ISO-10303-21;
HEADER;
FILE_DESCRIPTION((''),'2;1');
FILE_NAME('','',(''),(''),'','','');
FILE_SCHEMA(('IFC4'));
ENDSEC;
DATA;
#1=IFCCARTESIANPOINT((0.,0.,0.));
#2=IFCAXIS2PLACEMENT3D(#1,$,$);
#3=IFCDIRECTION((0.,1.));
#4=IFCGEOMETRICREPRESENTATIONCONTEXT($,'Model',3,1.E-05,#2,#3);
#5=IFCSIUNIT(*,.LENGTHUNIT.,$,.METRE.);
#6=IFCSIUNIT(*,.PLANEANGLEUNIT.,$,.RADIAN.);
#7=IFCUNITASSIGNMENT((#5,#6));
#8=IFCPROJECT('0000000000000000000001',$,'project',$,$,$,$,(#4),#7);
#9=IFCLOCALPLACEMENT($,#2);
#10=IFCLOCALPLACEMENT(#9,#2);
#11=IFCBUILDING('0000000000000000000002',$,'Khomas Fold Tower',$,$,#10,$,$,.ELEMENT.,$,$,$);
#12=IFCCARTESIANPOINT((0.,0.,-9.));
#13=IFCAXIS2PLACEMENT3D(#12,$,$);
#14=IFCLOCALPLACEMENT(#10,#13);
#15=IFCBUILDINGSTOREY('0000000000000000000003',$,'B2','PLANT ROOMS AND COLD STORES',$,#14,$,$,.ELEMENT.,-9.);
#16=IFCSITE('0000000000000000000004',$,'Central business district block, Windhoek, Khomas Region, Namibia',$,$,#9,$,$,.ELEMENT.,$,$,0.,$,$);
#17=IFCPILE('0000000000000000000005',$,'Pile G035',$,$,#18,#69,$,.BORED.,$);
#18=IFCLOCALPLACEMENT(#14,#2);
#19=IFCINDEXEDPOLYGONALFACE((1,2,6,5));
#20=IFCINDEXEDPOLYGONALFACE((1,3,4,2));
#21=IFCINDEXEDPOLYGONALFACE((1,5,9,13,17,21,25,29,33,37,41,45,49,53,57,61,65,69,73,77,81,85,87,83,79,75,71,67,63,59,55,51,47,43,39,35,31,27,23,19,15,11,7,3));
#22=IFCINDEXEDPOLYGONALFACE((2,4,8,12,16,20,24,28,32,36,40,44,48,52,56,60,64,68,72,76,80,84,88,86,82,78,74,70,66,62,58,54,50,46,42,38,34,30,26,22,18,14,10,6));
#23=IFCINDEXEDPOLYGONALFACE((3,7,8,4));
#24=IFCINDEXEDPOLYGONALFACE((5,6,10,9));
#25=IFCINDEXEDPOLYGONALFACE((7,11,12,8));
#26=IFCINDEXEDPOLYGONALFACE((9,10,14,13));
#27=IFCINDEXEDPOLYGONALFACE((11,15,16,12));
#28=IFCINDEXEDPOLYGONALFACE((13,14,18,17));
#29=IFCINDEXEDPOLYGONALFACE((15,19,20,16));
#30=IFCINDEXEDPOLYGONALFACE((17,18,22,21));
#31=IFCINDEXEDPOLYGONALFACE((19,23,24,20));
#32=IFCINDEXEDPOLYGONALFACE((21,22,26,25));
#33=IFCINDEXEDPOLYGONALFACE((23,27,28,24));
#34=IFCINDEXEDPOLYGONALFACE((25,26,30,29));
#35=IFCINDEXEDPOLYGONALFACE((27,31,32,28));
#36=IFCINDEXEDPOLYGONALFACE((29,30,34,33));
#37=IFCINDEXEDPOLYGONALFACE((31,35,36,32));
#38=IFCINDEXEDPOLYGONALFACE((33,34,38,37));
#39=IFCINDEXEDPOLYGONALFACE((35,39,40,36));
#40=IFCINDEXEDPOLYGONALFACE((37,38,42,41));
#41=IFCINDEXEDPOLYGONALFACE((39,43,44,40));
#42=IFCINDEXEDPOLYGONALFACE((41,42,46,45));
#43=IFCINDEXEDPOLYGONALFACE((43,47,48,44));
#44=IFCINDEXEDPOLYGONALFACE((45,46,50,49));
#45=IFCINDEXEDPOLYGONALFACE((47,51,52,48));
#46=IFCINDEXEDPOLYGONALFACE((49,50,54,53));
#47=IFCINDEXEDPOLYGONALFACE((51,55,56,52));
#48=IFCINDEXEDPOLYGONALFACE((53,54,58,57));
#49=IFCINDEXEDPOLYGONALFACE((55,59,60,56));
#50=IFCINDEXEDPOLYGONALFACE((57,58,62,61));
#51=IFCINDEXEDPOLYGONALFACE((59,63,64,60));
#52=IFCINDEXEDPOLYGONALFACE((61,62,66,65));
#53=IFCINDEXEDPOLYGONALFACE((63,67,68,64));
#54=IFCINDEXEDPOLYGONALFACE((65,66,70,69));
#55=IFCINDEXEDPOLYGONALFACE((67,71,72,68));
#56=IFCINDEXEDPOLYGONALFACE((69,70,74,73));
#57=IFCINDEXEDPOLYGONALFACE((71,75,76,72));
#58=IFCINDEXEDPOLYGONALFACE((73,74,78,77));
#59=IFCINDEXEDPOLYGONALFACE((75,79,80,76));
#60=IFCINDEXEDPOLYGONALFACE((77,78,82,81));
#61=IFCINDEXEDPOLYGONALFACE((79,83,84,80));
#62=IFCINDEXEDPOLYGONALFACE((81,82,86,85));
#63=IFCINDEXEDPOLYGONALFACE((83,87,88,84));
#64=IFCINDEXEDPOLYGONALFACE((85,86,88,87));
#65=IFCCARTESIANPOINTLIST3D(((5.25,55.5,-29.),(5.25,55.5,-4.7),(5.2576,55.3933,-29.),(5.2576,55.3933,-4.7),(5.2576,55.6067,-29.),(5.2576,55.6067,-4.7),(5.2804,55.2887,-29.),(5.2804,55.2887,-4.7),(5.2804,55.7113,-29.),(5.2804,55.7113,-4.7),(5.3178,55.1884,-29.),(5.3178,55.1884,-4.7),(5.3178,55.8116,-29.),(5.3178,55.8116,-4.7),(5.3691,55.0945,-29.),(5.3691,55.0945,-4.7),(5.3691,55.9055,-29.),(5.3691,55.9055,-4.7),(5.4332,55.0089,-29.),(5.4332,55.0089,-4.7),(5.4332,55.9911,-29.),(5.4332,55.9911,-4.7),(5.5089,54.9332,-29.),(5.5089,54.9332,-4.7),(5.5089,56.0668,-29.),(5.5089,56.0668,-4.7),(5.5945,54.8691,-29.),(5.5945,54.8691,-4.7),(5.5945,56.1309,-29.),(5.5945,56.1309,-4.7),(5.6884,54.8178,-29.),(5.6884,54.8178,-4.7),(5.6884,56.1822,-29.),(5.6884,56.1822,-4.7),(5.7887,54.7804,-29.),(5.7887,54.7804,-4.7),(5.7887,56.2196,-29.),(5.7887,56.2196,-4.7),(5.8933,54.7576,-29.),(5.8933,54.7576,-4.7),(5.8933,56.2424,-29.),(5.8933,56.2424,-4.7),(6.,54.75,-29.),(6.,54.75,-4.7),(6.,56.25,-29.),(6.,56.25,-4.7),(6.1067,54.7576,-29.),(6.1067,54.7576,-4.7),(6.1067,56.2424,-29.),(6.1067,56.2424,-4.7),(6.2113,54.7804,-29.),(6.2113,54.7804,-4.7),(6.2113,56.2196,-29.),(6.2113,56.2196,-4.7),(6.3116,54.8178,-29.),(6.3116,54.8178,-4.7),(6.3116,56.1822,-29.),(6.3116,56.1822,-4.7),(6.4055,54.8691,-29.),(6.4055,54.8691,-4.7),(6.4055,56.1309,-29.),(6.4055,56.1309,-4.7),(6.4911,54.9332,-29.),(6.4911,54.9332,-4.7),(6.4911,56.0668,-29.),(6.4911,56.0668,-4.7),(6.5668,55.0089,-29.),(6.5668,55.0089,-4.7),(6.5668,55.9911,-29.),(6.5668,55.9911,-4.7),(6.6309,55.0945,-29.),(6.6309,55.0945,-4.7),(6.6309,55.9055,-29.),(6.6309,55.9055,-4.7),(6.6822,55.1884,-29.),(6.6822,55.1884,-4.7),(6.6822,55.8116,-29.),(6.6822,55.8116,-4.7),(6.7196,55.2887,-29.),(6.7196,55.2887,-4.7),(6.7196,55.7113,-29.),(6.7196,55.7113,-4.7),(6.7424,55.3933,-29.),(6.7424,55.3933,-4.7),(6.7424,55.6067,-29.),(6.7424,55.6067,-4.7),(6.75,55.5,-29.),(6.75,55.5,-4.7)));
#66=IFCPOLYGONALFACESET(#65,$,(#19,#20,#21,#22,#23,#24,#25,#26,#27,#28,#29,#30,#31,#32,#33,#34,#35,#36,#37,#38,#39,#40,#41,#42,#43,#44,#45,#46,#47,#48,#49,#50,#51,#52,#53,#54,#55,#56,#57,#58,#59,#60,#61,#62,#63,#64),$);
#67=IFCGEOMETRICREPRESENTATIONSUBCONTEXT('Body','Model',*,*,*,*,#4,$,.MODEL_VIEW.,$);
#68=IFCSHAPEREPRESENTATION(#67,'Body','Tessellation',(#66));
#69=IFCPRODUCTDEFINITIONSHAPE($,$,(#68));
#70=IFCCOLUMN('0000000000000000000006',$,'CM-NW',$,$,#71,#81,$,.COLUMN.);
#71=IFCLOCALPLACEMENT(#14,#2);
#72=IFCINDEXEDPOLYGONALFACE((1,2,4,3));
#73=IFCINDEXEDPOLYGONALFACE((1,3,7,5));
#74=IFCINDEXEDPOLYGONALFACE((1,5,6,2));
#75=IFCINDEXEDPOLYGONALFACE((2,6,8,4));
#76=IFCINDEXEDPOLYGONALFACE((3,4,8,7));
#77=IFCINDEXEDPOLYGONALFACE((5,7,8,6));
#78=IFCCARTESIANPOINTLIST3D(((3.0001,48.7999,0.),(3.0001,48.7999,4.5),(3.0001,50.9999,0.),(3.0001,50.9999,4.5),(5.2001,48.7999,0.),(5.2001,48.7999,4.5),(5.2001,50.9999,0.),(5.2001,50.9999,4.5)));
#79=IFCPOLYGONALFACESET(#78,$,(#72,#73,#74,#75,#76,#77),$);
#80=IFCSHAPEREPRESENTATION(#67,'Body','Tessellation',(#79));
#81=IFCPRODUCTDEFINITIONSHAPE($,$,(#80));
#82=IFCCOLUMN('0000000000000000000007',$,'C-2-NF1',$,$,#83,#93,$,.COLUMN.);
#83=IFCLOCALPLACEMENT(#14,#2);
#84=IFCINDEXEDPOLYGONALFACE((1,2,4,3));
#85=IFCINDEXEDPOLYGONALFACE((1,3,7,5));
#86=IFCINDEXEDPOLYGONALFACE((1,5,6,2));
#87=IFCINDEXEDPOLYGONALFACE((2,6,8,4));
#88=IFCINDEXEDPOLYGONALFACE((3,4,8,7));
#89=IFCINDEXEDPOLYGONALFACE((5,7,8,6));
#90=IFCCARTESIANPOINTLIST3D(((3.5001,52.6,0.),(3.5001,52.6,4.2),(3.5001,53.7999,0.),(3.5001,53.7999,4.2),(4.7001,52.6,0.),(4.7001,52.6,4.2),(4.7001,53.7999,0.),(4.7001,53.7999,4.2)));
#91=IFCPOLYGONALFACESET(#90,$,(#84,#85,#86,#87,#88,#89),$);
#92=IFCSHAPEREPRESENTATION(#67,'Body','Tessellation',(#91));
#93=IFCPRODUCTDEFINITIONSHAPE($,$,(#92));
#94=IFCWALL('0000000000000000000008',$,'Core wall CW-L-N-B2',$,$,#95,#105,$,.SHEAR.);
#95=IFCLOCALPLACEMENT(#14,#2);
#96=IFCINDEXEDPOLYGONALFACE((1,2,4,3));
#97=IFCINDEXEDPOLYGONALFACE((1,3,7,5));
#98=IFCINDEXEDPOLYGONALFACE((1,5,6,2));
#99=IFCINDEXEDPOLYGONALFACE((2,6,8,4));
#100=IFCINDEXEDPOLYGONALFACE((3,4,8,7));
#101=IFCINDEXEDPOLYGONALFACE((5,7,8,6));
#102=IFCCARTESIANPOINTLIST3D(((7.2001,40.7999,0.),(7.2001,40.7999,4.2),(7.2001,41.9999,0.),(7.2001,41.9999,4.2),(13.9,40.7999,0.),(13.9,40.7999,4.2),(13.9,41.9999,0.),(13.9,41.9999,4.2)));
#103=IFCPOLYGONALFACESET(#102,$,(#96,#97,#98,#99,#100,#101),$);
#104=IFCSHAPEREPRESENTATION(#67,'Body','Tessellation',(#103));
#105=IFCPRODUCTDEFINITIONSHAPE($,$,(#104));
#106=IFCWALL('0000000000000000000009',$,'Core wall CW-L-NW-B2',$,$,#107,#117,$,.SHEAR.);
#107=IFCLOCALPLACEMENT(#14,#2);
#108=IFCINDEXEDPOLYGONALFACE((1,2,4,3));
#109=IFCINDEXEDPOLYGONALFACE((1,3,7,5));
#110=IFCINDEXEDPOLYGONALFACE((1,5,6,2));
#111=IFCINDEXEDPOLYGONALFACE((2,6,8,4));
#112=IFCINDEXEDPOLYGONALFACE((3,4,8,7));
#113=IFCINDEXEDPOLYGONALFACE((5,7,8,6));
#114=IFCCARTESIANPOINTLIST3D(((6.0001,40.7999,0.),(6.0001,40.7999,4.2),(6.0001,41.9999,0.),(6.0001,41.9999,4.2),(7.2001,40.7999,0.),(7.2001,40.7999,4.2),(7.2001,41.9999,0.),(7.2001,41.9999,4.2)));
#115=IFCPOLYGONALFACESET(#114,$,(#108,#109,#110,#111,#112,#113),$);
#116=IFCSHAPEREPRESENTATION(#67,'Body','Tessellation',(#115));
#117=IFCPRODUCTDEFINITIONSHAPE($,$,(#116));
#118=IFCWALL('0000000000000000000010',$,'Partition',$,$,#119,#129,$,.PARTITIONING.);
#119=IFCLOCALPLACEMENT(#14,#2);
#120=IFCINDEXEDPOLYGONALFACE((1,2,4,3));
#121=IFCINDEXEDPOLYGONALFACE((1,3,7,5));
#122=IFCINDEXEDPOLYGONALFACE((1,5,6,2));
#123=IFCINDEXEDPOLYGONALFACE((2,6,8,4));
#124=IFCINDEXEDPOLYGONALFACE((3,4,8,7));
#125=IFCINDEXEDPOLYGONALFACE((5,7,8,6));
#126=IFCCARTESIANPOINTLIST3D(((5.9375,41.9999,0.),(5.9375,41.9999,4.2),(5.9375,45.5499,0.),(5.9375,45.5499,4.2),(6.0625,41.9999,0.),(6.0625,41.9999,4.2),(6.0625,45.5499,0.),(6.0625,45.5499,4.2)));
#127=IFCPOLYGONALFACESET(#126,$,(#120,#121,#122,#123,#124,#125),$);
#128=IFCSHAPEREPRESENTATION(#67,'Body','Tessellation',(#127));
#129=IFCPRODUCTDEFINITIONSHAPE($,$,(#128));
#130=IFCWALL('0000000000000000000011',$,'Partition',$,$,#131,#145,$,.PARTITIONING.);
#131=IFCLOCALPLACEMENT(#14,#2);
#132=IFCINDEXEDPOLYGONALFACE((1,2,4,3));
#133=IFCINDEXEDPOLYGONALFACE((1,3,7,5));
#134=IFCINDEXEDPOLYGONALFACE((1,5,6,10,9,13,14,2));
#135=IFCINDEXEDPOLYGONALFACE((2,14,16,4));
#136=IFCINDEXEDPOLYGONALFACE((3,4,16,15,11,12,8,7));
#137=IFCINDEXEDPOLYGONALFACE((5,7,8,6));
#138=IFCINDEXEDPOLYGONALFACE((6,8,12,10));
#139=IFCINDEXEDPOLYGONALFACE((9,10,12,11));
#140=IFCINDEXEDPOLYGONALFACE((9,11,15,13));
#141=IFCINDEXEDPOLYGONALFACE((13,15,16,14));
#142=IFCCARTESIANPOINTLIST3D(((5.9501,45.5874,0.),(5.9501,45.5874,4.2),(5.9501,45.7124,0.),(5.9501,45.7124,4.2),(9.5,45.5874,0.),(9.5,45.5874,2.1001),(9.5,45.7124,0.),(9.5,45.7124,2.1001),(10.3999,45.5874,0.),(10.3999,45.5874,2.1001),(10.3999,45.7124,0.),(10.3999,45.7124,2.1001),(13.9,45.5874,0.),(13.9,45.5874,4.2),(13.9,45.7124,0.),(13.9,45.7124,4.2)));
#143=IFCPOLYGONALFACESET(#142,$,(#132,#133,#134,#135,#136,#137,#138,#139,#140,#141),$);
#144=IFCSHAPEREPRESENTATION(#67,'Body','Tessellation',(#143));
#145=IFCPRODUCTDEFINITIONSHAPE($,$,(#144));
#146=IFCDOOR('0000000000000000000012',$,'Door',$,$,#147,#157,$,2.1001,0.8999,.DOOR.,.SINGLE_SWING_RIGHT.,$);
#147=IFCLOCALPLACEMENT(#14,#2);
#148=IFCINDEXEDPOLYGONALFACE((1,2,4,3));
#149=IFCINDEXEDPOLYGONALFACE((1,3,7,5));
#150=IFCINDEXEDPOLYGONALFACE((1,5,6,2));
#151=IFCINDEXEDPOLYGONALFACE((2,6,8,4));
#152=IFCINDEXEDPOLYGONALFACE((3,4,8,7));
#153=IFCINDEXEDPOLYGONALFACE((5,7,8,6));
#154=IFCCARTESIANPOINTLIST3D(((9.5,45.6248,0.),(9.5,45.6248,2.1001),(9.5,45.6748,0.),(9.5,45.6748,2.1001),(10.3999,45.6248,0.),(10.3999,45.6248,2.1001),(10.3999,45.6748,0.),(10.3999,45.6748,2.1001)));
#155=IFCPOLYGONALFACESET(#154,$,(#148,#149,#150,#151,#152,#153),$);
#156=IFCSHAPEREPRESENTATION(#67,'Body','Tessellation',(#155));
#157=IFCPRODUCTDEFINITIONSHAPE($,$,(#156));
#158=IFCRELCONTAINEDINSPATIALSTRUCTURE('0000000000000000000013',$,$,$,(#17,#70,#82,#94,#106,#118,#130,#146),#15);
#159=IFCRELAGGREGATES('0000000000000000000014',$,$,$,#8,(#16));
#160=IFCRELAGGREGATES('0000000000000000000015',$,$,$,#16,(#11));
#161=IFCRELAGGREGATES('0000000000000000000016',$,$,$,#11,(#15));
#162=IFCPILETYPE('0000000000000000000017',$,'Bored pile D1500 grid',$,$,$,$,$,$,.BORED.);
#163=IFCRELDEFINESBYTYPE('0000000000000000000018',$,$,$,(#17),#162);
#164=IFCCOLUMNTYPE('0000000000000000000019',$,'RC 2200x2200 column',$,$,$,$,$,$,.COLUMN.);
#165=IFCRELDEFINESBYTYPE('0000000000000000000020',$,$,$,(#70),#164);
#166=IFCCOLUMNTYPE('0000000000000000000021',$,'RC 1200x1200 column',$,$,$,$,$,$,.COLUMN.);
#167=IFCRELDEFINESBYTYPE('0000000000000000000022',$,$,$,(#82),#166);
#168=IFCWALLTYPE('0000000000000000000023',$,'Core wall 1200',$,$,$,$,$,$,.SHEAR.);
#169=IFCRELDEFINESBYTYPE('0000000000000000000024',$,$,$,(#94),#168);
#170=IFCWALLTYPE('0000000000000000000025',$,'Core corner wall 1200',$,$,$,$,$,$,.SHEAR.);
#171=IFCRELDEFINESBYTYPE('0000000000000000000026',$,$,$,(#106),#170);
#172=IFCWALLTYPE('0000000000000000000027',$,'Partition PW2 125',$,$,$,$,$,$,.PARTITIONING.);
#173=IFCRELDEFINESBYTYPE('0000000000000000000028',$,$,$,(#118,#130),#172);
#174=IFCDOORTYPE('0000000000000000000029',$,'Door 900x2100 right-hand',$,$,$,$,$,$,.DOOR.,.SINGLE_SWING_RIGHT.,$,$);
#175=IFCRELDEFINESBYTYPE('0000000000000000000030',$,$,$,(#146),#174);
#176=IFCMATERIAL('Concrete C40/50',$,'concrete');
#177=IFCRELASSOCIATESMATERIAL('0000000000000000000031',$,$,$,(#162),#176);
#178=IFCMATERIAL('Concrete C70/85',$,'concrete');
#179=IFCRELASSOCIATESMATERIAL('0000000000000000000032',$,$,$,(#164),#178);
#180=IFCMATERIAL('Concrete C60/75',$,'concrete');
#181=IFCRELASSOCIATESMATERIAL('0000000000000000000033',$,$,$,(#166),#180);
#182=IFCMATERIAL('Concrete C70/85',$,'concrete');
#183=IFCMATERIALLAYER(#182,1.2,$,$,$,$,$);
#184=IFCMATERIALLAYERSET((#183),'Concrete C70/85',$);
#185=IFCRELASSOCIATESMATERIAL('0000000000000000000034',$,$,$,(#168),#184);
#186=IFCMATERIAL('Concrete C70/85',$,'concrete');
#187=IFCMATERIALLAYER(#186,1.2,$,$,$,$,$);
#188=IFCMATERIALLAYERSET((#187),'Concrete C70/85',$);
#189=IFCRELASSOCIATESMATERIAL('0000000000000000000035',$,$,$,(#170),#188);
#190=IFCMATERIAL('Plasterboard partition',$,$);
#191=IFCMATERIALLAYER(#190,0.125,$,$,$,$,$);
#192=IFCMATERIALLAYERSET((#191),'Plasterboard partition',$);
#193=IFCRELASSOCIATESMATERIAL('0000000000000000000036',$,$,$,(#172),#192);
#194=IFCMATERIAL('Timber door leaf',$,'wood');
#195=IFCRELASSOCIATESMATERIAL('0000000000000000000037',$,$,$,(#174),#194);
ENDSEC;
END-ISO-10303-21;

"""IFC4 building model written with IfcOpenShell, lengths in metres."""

from ifc_helpers import new_model, si_unit, direction, frame, frame_2d, origin, origin_2d, place, context, subcontext, project, spatial, rectangle, circle, extrude, source, transform, mapped, material, layer, layer_set, material_profile, profile_set, type_object, element, fill, save


model = new_model("IFC4")

# Units and contexts
model_context = context("Model", 3, precision=1e-05, world=origin(), true_north=direction((0.0, 1.0)))
body_context = subcontext(model_context, "Body", "Model", "MODEL_VIEW")
ifc_project = project(units=[si_unit("LENGTHUNIT", "METRE"), si_unit("PLANEANGLEUNIT", "RADIAN")], contexts=[model_context])

# Site, building, storey
site_placement = place(None, origin())
site = spatial("IfcSite", under=ifc_project, at=site_placement, Name="Central business district block, Windhoek, Khomas Region, Namibia", CompositionType="ELEMENT", RefElevation=0.0)
building_placement = place(site_placement, origin())
building = spatial("IfcBuilding", under=site, at=building_placement, Name="Khomas Fold Tower", CompositionType="ELEMENT")
storey_placement = place(building_placement, frame((0.0, 0.0, -9.0)))
storey = spatial("IfcBuildingStorey", under=building, at=storey_placement, Name="B2", Description="PLANT ROOMS AND COLD STORES", CompositionType="ELEMENT", Elevation=-9.0)

# Pile
ifc_material_1 = material(Name="Concrete C40/50", Category="concrete")
ifc_material_profile_1 = material_profile(ifc_material_1, circle(Radius=0.75, at=origin_2d()), Name="PILE D1500")
ifc_profile_set_1 = profile_set([ifc_material_profile_1], Name="Concrete C40/50")
pile_type = type_object("IfcPileType", Name="Bored pile D1500 grid", PredefinedType="BORED", material=ifc_profile_set_1)
shared_shape_1 = source(origin(), body_context, "Body", "SweptSolid", [
    extrude(circle(Radius=0.75, at=origin_2d()), origin(), (0.0, 0.0, 1.0), 24.3),
])
for number, where, z_axis, x_axis, name in (
    (1, (6.0, 55.5, -4.7), (0.0, 0.0, -1.0), (1.0, 0.0, 0.0), "Pile G035"),
):
    element("IfcPile", number, at=place(storey_placement, frame(where, z_axis=z_axis, x_axis=x_axis)), inside=storey, type_object=pile_type, Name=name, PredefinedType="BORED", context=body_context, shape_type="MappedRepresentation", body=[
        mapped(shared_shape_1, transform((0.0, 0.0, 0.0))),
    ])

# Columns
ifc_material_2 = material(Name="Concrete C70/85", Category="concrete")
ifc_material_profile_2 = material_profile(ifc_material_2, rectangle(XDim=2.2, YDim=2.2, at=origin_2d()), Name="RC 2200x2200")
ifc_profile_set_2 = profile_set([ifc_material_profile_2], Name="Concrete C70/85")
column_type_1 = type_object("IfcColumnType", Name="RC 2200x2200 column", PredefinedType="COLUMN", material=ifc_profile_set_2)
shared_shape_2 = source(origin(), body_context, "Body", "SweptSolid", [
    extrude(rectangle(XDim=2.2, YDim=2.2, at=origin_2d()), origin(), (0.0, 0.0, 1.0), 4.5),
])
column_1_placement = place(storey_placement, frame((4.1001, 49.8999, 0.0), z_axis=(0.0, 0.0, 1.0), x_axis=(1.0, 0.0, 0.0)))
element("IfcColumn", 2, at=column_1_placement, inside=storey, type_object=column_type_1, Name="CM-NW", PredefinedType="COLUMN", context=body_context, shape_type="MappedRepresentation", body=[
    mapped(shared_shape_2, transform((0.0, 0.0, 0.0))),
])
ifc_material_3 = material(Name="Concrete C60/75", Category="concrete")
ifc_material_profile_3 = material_profile(ifc_material_3, rectangle(XDim=1.2, YDim=1.2, at=origin_2d()), Name="RC 1200x1200")
ifc_profile_set_3 = profile_set([ifc_material_profile_3], Name="Concrete C60/75")
column_type_2 = type_object("IfcColumnType", Name="RC 1200x1200 column", PredefinedType="COLUMN", material=ifc_profile_set_3)
shared_shape_3 = source(origin(), body_context, "Body", "SweptSolid", [
    extrude(rectangle(XDim=1.2, YDim=1.2, at=origin_2d()), origin(), (0.0, 0.0, 1.0), 4.2),
])
column_2_placement = place(storey_placement, frame((4.1001, 53.2, 0.0), z_axis=(0.0, 0.0, 1.0), x_axis=(1.0, 0.0, 0.0)))
element("IfcColumn", 3, at=column_2_placement, inside=storey, type_object=column_type_2, Name="C-2-NF1", PredefinedType="COLUMN", context=body_context, shape_type="MappedRepresentation", body=[
    mapped(shared_shape_3, transform((0.0, 0.0, 0.0))),
])

# Walls
ifc_material_4 = material(Name="Concrete C70/85", Category="concrete")
ifc_layer_1 = layer(ifc_material_4, 1.2)
ifc_layer_set_1 = layer_set([ifc_layer_1], Name="Concrete C70/85")
wall_type_1 = type_object("IfcWallType", Name="Core wall 1200", PredefinedType="SHEAR", material=ifc_layer_set_1)
shared_shape_4 = source(origin(), body_context, "Body", "SweptSolid", [
    extrude(rectangle(XDim=6.7, YDim=1.2, at=frame_2d((3.3501, 0.0))), origin(), (0.0, 0.0, 1.0), 4.2),
])
wall_1_placement = place(storey_placement, frame((7.2, 41.3999, 0.0), z_axis=(0.0, 0.0, 1.0), x_axis=(1.0, 0.0, 0.0)))
element("IfcWall", 4, at=wall_1_placement, inside=storey, type_object=wall_type_1, Name="Core wall CW-L-N-B2", PredefinedType="SHEAR", context=body_context, shape_type="MappedRepresentation", body=[
    mapped(shared_shape_4, transform((0.0, 0.0, 0.0))),
])
ifc_material_5 = material(Name="Concrete C70/85", Category="concrete")
ifc_layer_2 = layer(ifc_material_5, 1.2)
ifc_layer_set_2 = layer_set([ifc_layer_2], Name="Concrete C70/85")
wall_type_2 = type_object("IfcWallType", Name="Core corner wall 1200", PredefinedType="SHEAR", material=ifc_layer_set_2)
shared_shape_5 = source(origin(), body_context, "Body", "SweptSolid", [
    extrude(rectangle(XDim=1.2, YDim=1.2, at=frame_2d((0.6001, 0.0))), origin(), (0.0, 0.0, 1.0), 4.2),
])
wall_2_placement = place(storey_placement, frame((6.0, 41.3999, 0.0), z_axis=(0.0, 0.0, 1.0), x_axis=(1.0, 0.0, 0.0)))
element("IfcWall", 5, at=wall_2_placement, inside=storey, type_object=wall_type_2, Name="Core wall CW-L-NW-B2", PredefinedType="SHEAR", context=body_context, shape_type="MappedRepresentation", body=[
    mapped(shared_shape_5, transform((0.0, 0.0, 0.0))),
])
ifc_material_6 = material(Name="Plasterboard partition")
ifc_layer_3 = layer(ifc_material_6, 0.125)
ifc_layer_set_3 = layer_set([ifc_layer_3], Name="Plasterboard partition")
wall_type_3 = type_object("IfcWallType", Name="Partition PW2 125", PredefinedType="PARTITIONING", material=ifc_layer_set_3)
shared_shape_6 = source(origin(), body_context, "Body", "SweptSolid", [
    extrude(rectangle(XDim=3.55, YDim=0.125, at=frame_2d((1.7749, 0.0))), origin(), (0.0, 0.0, 1.0), 4.2),
])
wall_3_placement = place(storey_placement, frame((6.0, 42.0, 0.0), z_axis=(0.0, 0.0, 1.0), x_axis=(0.0, 1.0, 0.0)))
element("IfcWall", 6, at=wall_3_placement, inside=storey, type_object=wall_type_3, Name="Partition", PredefinedType="PARTITIONING", context=body_context, shape_type="MappedRepresentation", body=[
    mapped(shared_shape_6, transform((0.0, 0.0, 0.0))),
])

# Wall, opening, door
shared_shape_7 = source(origin(), body_context, "Body", "SweptSolid", [
    extrude(rectangle(XDim=7.95, YDim=0.125, at=frame_2d((3.9751, 0.0))), origin(), (0.0, 0.0, 1.0), 4.2),
])
wall_4_placement = place(storey_placement, frame((5.95, 45.6499, 0.0), z_axis=(0.0, 0.0, 1.0), x_axis=(1.0, 0.0, 0.0)))
wall_4 = element("IfcWall", 7, at=wall_4_placement, inside=storey, type_object=wall_type_3, Name="Partition", PredefinedType="PARTITIONING", context=body_context, shape_type="MappedRepresentation", body=[
    mapped(shared_shape_7, transform((0.0, 0.0, 0.0))),
])
shared_shape_8 = source(origin(), body_context, "Body", "SweptSolid", [
    extrude(rectangle(XDim=0.8999, YDim=2.1001, at=frame_2d((0.45, 1.05))), frame((0.0, 0.0725, 0.0), z_axis=(0.0, -1.0, 0.0), x_axis=(1.0, 0.0, 0.0)), (0.0, 0.0, 1.0), 0.145),
])
opening_1_placement = place(wall_4_placement, frame((3.55, 0.0, 0.0)))
opening_1 = element("IfcOpeningElement", 8, at=opening_1_placement, cuts=wall_4, PredefinedType="OPENING", context=body_context, shape_type="MappedRepresentation", body=[
    mapped(shared_shape_8, transform((0.0, 0.0, 0.0))),
])
ifc_material_7 = material(Name="Timber door leaf", Category="wood")
door_type_1 = type_object("IfcDoorType", Name="Door 900x2100 right-hand", OperationType="SINGLE_SWING_RIGHT", PredefinedType="DOOR", material=ifc_material_7)
shared_shape_9 = source(origin(), body_context, "Body", "SweptSolid", [
    extrude(rectangle(XDim=0.8999, YDim=2.1001, at=frame_2d((0.45, 1.05))), frame((0.0, 0.0249, 0.0), z_axis=(0.0, -1.0, 0.0), x_axis=(1.0, 0.0, 0.0)), (0.0, 0.0, 1.0), 0.05),
])
door_1_placement = place(opening_1_placement, origin())
door_1 = element("IfcDoor", 9, at=door_1_placement, inside=storey, type_object=door_type_1, Name="Door", OperationType="SINGLE_SWING_RIGHT", OverallHeight=2.1001, OverallWidth=0.8999, PredefinedType="DOOR", context=body_context, shape_type="MappedRepresentation", body=[
    mapped(shared_shape_9, transform((0.0, 0.0, 0.0))),
])
fill(opening_1, door_1)

save(model, "model.ifc")
